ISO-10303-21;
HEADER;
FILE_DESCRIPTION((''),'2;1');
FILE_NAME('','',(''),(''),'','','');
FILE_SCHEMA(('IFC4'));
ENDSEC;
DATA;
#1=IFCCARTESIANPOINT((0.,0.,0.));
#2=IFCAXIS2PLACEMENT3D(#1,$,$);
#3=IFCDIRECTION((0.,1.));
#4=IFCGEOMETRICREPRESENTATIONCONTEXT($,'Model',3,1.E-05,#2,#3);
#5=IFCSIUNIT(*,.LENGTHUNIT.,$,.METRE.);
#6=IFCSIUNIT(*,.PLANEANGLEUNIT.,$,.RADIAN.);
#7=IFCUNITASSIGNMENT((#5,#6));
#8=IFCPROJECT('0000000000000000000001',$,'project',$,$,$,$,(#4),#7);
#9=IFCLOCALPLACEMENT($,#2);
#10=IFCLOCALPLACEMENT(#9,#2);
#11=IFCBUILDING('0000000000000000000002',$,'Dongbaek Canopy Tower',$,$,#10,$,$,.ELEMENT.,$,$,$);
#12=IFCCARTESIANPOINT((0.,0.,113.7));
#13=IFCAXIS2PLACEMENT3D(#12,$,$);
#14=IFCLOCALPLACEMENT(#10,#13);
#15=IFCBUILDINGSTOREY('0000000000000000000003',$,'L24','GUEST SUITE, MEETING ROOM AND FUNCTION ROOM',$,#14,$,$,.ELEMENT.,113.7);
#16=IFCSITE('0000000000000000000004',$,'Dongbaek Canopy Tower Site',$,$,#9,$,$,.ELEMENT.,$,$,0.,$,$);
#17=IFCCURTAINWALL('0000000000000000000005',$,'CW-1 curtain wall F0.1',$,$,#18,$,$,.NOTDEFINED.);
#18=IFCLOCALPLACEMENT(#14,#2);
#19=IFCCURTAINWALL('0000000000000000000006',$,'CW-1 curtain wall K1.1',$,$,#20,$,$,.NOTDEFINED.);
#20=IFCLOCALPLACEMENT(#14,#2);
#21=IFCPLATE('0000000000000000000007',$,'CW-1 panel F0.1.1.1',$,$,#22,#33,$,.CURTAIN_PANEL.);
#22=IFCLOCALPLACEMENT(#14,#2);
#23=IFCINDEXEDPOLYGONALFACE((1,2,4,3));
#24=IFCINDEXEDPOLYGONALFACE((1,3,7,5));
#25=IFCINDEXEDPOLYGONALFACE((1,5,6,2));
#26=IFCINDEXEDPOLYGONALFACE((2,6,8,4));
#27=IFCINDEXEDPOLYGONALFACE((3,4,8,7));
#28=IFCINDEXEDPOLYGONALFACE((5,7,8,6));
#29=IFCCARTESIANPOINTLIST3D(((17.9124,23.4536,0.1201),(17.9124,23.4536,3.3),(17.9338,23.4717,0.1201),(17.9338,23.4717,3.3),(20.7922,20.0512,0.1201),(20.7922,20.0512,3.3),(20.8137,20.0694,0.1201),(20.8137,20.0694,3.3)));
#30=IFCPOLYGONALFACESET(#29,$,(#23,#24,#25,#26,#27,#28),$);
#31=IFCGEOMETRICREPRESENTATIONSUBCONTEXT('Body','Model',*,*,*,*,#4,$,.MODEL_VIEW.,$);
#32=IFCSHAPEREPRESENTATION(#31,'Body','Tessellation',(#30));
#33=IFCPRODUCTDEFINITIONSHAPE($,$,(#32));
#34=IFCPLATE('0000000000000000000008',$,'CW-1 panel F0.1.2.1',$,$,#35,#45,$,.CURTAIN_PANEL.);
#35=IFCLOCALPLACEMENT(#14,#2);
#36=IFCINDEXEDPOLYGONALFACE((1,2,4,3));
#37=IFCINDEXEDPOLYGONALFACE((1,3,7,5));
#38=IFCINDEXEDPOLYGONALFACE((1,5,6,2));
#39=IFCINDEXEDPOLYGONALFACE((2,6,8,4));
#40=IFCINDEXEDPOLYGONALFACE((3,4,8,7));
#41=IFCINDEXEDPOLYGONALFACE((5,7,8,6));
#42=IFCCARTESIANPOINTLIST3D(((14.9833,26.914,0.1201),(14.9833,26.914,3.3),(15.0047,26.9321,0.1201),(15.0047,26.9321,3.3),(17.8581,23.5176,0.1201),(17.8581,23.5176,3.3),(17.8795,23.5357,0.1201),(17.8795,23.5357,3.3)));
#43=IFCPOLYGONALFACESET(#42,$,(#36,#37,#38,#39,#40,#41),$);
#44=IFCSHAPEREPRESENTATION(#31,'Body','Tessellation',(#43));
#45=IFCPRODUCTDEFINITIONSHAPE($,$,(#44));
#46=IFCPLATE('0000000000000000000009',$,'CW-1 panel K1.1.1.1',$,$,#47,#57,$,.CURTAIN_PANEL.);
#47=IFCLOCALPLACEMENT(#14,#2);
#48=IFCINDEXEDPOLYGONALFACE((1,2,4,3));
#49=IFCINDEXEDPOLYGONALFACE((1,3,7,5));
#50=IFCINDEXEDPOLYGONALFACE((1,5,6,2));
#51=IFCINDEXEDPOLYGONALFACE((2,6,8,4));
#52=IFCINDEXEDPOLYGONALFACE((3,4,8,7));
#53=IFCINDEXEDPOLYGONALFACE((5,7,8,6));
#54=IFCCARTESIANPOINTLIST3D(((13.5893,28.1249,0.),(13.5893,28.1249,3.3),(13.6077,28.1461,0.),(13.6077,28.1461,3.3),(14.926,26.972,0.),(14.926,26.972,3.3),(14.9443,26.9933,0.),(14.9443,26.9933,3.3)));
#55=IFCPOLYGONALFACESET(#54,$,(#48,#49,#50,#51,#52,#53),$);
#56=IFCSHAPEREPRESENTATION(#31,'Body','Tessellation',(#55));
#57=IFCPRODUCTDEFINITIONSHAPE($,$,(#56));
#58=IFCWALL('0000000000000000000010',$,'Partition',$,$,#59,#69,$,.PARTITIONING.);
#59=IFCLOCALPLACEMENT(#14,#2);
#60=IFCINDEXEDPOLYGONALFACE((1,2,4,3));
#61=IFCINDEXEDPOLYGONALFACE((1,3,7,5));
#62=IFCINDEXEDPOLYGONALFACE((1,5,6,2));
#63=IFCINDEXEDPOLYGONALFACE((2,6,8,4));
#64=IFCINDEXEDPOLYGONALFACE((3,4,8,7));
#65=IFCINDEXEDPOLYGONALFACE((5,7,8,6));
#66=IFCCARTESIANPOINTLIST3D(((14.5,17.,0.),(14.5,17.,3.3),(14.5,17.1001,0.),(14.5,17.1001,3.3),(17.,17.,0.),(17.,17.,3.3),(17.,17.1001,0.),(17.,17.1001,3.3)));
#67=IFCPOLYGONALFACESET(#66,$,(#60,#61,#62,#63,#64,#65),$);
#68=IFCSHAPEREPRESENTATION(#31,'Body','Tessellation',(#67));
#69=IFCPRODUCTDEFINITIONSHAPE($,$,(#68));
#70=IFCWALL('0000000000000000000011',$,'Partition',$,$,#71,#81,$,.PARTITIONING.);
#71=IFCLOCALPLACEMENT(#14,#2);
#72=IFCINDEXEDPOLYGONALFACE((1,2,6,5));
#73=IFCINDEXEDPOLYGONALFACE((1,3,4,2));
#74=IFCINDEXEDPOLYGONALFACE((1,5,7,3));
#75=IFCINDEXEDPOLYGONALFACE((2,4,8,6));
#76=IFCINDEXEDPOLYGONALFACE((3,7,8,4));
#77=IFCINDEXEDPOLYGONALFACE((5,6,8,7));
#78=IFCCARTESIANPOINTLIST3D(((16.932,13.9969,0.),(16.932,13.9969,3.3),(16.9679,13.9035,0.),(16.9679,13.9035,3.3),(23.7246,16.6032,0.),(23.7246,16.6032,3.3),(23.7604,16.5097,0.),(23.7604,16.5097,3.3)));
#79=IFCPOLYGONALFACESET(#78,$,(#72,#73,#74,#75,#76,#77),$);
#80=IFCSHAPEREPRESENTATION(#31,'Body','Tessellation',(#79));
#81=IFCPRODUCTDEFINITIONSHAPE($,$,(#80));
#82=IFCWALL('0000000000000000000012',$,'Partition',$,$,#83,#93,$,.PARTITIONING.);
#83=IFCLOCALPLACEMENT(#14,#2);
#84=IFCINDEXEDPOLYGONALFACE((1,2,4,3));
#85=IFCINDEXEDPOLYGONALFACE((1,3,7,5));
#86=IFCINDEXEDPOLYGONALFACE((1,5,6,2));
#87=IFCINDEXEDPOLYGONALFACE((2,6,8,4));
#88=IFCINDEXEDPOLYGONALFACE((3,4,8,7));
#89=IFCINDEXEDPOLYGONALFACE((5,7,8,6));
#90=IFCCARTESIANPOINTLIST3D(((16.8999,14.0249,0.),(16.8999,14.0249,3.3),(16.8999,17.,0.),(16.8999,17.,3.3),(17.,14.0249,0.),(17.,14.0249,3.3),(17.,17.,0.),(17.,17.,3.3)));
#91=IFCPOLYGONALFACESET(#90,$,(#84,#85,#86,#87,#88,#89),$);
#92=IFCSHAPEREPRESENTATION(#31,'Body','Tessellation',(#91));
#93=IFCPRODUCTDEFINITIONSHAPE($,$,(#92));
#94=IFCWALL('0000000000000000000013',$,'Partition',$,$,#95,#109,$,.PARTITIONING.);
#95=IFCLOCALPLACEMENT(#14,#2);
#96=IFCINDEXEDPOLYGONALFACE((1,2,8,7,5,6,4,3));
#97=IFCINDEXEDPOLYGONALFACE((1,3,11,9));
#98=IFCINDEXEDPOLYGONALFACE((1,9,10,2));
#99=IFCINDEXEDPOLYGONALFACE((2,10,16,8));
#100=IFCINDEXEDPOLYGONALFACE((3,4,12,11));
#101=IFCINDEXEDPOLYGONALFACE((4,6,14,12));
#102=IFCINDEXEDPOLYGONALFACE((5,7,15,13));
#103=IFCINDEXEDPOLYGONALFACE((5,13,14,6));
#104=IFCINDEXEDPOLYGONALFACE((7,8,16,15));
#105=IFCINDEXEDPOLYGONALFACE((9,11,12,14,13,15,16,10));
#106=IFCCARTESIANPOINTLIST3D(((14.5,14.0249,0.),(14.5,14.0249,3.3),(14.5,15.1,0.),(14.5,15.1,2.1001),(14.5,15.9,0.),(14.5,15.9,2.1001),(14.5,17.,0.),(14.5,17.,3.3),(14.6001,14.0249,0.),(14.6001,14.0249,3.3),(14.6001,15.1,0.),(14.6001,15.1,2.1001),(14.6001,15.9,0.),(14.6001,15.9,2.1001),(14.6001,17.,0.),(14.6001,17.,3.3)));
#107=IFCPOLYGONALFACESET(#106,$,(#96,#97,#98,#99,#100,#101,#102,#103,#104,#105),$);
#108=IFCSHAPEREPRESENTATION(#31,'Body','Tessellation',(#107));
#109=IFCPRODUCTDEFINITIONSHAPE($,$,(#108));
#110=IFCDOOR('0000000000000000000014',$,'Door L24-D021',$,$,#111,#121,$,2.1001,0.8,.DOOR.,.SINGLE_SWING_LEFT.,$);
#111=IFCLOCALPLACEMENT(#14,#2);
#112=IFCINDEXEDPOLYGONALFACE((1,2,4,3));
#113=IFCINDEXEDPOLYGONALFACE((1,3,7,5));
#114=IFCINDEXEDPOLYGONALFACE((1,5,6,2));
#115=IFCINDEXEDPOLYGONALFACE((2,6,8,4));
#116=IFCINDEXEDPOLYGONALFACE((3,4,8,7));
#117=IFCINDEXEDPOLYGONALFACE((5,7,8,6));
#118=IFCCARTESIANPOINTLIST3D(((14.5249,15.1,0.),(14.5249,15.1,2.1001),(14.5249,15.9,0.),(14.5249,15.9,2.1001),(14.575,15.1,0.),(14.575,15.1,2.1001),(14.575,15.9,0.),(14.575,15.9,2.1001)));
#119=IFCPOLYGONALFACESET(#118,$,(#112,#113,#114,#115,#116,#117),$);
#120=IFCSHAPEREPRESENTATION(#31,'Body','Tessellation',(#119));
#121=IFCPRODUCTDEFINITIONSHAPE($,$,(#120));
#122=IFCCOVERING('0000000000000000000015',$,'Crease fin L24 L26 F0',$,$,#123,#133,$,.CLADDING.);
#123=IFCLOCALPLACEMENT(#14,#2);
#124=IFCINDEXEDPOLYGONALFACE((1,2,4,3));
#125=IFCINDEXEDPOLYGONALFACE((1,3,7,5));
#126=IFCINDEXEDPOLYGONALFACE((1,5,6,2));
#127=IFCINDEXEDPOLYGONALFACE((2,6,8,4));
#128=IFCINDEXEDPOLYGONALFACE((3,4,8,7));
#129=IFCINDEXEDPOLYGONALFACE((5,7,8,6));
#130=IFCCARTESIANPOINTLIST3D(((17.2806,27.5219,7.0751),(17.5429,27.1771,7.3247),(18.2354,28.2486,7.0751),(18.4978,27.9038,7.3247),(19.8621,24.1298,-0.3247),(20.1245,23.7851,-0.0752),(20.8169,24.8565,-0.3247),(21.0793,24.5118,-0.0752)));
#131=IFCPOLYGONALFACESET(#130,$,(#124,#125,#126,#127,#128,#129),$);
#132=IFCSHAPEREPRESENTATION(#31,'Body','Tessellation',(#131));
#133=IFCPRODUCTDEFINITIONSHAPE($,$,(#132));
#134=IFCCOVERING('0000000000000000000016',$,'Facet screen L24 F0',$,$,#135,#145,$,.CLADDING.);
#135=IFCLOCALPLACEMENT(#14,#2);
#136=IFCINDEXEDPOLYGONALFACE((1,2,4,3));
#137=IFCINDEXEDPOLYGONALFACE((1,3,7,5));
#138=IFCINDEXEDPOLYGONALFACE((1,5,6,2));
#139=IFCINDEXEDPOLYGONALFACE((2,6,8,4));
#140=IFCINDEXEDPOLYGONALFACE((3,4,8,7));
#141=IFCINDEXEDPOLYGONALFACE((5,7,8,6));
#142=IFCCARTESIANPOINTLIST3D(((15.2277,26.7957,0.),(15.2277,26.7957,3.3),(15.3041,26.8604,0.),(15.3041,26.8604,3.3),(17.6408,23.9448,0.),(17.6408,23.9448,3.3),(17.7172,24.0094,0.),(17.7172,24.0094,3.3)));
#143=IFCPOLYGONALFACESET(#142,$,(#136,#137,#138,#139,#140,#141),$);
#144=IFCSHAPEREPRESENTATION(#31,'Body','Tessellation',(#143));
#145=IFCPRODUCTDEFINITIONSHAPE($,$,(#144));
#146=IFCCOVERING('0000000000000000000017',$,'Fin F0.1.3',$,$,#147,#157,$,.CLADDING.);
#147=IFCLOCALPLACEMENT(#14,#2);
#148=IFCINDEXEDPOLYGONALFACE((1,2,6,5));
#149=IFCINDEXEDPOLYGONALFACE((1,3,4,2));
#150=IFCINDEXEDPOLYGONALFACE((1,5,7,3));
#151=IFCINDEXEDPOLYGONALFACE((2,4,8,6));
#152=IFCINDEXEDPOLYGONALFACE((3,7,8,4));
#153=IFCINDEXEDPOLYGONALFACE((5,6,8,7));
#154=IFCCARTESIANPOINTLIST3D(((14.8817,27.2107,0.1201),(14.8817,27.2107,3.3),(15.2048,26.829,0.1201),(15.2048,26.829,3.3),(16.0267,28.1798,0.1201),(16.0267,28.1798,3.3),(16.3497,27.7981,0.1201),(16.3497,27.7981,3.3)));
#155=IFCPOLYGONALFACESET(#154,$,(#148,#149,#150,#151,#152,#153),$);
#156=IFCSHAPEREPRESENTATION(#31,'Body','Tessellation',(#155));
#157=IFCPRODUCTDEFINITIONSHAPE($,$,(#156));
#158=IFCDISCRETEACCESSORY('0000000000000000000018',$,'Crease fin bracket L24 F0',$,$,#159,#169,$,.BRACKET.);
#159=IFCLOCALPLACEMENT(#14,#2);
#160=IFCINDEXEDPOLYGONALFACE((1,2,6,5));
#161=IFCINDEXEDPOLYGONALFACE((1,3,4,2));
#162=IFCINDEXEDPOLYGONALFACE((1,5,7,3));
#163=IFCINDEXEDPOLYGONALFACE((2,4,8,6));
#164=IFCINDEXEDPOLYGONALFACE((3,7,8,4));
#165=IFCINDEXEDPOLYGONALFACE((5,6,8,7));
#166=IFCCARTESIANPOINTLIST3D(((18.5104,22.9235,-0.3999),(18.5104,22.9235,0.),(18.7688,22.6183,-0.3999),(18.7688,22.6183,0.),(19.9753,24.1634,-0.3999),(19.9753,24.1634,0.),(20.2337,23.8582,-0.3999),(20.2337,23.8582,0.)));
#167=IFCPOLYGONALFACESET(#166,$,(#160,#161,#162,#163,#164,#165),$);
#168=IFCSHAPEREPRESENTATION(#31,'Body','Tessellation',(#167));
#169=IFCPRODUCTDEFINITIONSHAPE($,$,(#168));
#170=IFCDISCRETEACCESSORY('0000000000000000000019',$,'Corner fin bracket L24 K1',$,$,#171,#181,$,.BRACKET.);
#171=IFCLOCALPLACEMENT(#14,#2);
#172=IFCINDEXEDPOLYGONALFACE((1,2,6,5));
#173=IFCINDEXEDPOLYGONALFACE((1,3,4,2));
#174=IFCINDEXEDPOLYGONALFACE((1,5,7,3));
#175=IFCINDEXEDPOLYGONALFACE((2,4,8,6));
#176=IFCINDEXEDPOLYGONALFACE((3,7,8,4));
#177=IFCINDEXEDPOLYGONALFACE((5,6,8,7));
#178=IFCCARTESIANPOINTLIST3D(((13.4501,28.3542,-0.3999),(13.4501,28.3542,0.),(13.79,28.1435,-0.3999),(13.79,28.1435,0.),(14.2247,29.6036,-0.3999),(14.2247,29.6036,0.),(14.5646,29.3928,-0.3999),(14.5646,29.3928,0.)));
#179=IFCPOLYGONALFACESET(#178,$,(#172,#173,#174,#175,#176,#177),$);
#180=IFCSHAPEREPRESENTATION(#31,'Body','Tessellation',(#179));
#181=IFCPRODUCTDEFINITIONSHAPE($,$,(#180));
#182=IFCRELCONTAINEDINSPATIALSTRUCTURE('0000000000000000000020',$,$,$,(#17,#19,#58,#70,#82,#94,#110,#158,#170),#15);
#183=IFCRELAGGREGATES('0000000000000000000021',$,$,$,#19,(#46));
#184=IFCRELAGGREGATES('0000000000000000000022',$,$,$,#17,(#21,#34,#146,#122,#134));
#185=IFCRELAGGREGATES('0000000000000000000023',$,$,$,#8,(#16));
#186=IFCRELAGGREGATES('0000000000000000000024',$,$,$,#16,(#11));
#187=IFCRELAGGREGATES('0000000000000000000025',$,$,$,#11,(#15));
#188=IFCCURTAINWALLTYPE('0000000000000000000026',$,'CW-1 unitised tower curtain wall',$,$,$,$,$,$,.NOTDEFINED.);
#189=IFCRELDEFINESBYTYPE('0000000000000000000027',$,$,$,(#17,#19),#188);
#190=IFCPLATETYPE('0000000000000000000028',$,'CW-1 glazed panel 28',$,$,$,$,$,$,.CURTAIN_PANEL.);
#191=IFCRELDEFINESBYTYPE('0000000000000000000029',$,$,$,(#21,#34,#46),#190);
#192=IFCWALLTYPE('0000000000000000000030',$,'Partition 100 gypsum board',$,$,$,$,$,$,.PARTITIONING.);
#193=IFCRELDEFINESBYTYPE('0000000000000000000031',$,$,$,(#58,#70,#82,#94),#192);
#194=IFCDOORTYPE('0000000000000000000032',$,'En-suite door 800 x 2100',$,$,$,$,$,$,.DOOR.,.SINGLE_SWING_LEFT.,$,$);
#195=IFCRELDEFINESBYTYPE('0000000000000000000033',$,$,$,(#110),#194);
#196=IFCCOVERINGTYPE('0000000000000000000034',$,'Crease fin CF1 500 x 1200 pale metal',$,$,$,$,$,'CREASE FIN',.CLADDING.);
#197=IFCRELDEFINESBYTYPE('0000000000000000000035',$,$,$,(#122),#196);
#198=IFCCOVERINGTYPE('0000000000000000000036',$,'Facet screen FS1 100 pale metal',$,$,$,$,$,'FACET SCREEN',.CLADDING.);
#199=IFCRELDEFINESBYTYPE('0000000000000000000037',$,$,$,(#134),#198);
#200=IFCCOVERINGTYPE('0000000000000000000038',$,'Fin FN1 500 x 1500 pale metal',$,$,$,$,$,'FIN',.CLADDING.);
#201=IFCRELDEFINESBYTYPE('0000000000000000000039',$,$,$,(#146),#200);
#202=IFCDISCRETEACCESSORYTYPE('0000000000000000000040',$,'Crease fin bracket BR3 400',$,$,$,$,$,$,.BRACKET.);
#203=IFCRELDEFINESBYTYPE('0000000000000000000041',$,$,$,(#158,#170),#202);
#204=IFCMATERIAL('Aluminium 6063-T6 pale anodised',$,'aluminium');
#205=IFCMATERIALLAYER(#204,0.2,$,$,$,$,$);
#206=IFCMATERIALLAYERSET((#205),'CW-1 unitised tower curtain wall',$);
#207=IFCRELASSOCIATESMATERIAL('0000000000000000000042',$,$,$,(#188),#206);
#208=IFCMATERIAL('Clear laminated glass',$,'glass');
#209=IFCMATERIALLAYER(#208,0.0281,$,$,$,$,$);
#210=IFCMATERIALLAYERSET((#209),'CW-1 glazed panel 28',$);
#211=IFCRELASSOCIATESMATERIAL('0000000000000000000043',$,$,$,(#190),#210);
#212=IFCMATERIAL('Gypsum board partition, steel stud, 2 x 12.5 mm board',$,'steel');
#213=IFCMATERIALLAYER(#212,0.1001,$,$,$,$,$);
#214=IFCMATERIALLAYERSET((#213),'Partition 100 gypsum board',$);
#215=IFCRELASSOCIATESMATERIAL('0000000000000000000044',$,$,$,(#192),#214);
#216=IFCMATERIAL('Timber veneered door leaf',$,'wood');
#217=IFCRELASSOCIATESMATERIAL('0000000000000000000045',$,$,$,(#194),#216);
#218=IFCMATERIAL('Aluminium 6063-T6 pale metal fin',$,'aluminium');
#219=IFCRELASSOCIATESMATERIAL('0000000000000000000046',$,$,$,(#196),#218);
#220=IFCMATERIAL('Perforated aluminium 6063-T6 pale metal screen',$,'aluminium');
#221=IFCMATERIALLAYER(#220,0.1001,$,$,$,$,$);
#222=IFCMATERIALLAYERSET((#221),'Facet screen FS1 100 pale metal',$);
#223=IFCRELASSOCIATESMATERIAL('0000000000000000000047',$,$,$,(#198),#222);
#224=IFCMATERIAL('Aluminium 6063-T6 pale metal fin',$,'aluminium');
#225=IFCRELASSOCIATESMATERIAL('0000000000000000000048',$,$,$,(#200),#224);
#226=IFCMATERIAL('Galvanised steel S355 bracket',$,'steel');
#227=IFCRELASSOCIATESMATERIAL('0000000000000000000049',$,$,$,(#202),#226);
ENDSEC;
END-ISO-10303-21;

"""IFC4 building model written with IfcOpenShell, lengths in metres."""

from ifc_helpers import new_model, si_unit, direction, frame, frame_2d, origin, origin_2d, place, context, subcontext, project, spatial, rectangle, extrude, material, layer, layer_set, material_profile, profile_set, type_object, element, fill, aggregate, save


model = new_model("IFC4")

# Units and contexts
model_context = context("Model", 3, precision=1e-05, world=origin(), true_north=direction((0.0, 1.0)))
body_context = subcontext(model_context, "Body", "Model", "MODEL_VIEW")
ifc_project = project(units=[si_unit("LENGTHUNIT", "METRE"), si_unit("PLANEANGLEUNIT", "RADIAN")], contexts=[model_context])

# Site, building, storey
site_placement = place(None, origin())
site = spatial("IfcSite", under=ifc_project, at=site_placement, Name="Dongbaek Canopy Tower Site", CompositionType="ELEMENT", RefElevation=0.0)
building_placement = place(site_placement, origin())
building = spatial("IfcBuilding", under=site, at=building_placement, Name="Dongbaek Canopy Tower", CompositionType="ELEMENT")
storey_placement = place(building_placement, frame((0.0, 0.0, 113.7)))
storey = spatial("IfcBuildingStorey", under=building, at=storey_placement, Name="L24", Description="GUEST SUITE, MEETING ROOM AND FUNCTION ROOM", CompositionType="ELEMENT", Elevation=113.7)

# Curtain wall
ifc_material_1 = material(Name="Aluminium 6063-T6 pale anodised", Category="aluminium")
ifc_layer_1 = layer(ifc_material_1, 0.2)
ifc_layer_set_1 = layer_set([ifc_layer_1], Name="CW-1 unitised tower curtain wall")
curtain_wall_type = type_object("IfcCurtainWallType", Name="CW-1 unitised tower curtain wall", PredefinedType="NOTDEFINED", material=ifc_layer_set_1)
curtain_wall_1_placement = place(storey_placement, origin())
curtain_wall_1 = element("IfcCurtainWall", 1, at=curtain_wall_1_placement, inside=storey, type_object=curtain_wall_type, Name="CW-1 curtain wall F0.1", PredefinedType="NOTDEFINED")

# Curtain wall
curtain_wall_2_placement = place(storey_placement, origin())
curtain_wall_2 = element("IfcCurtainWall", 2, at=curtain_wall_2_placement, inside=storey, type_object=curtain_wall_type, Name="CW-1 curtain wall K1.1", PredefinedType="NOTDEFINED")

# Plates
ifc_material_2 = material(Name="Clear laminated glass", Category="glass")
ifc_layer_2 = layer(ifc_material_2, 0.0281)
ifc_layer_set_2 = layer_set([ifc_layer_2], Name="CW-1 glazed panel 28")
plate_type = type_object("IfcPlateType", Name="CW-1 glazed panel 28", PredefinedType="CURTAIN_PANEL", material=ifc_layer_set_2)
plate_1_placement = place(storey_placement, frame((19.363, 21.7615, 0.1201), z_axis=(0.0, 0.0, 1.0), x_axis=(-0.646056, 0.76329, 0.0)))
plate_1 = element("IfcPlate", 3, at=plate_1_placement, type_object=plate_type, Name="CW-1 panel F0.1.1.1", PredefinedType="CURTAIN_PANEL", context=body_context, shape_type="SweptSolid", body=[
    extrude(rectangle(XDim=4.4575, YDim=0.0281, at=origin_2d()), origin(), (0.0, 0.0, 1.0), 3.1799),
])
plate_2_placement = place(storey_placement, frame((16.4314, 25.2249, 0.1201), z_axis=(0.0, 0.0, 1.0), x_axis=(-0.646056, 0.76329, 0.0)))
plate_2 = element("IfcPlate", 4, at=plate_2_placement, type_object=plate_type, Name="CW-1 panel F0.1.2.1", PredefinedType="CURTAIN_PANEL", context=body_context, shape_type="SweptSolid", body=[
    extrude(rectangle(XDim=4.4497, YDim=0.0281, at=origin_2d()), origin(), (0.0, 0.0, 1.0), 3.1799),
])
plate_3_placement = place(storey_placement, frame((14.2668, 27.5591, 0.0), z_axis=(0.0, 0.0, 1.0), x_axis=(-0.757258, 0.653115, 0.0)))
plate_3 = element("IfcPlate", 5, at=plate_3_placement, type_object=plate_type, Name="CW-1 panel K1.1.1.1", PredefinedType="CURTAIN_PANEL", context=body_context, shape_type="SweptSolid", body=[
    extrude(rectangle(XDim=1.7651, YDim=0.0281, at=origin_2d()), origin(), (0.0, 0.0, 1.0), 3.3),
])
aggregate(curtain_wall_2, [plate_3])

# Walls
ifc_material_3 = material(Name="Gypsum board partition, steel stud, 2 x 12.5 mm board", Category="steel")
ifc_layer_3 = layer(ifc_material_3, 0.1001)
ifc_layer_set_3 = layer_set([ifc_layer_3], Name="Partition 100 gypsum board")
wall_type = type_object("IfcWallType", Name="Partition 100 gypsum board", PredefinedType="PARTITIONING", material=ifc_layer_set_3)
wall_1_placement = place(storey_placement, frame((14.5, 17.05, 0.0), z_axis=(0.0, 0.0, 1.0), x_axis=(1.0, 0.0, 0.0)))
element("IfcWall", 6, at=wall_1_placement, inside=storey, type_object=wall_type, Name="Partition", PredefinedType="PARTITIONING", context=body_context, shape_type="SweptSolid", body=[
    extrude(rectangle(XDim=2.5, YDim=0.1001, at=frame_2d((1.25, 0.0))), origin(), (0.0, 0.0, 1.0), 3.3),
])
wall_2_placement = place(storey_placement, frame((16.95, 13.9502, 0.0), z_axis=(0.0, 0.0, 1.0), x_axis=(0.933635, 0.358226, 0.0)))
element("IfcWall", 7, at=wall_2_placement, inside=storey, type_object=wall_type, Name="Partition", PredefinedType="PARTITIONING", context=body_context, shape_type="SweptSolid", body=[
    extrude(rectangle(XDim=7.2754, YDim=0.1001, at=frame_2d((3.6377, 0.0))), origin(), (0.0, 0.0, 1.0), 3.3),
])
wall_3_placement = place(storey_placement, frame((16.95, 14.0249, 0.0), z_axis=(0.0, 0.0, 1.0), x_axis=(0.0, 1.0, 0.0)))
element("IfcWall", 8, at=wall_3_placement, inside=storey, type_object=wall_type, Name="Partition", PredefinedType="PARTITIONING", context=body_context, shape_type="SweptSolid", body=[
    extrude(rectangle(XDim=2.9751, YDim=0.1001, at=frame_2d((1.4875, 0.0))), origin(), (0.0, 0.0, 1.0), 3.3),
])

# Wall, opening, door
wall_4_placement = place(storey_placement, frame((14.55, 17.0, 0.0), z_axis=(0.0, 0.0, 1.0), x_axis=(0.0, -1.0, 0.0)))
wall_4 = element("IfcWall", 9, at=wall_4_placement, inside=storey, type_object=wall_type, Name="Partition", PredefinedType="PARTITIONING", context=body_context, shape_type="SweptSolid", body=[
    extrude(rectangle(XDim=2.9751, YDim=0.1001, at=frame_2d((1.4875, 0.0))), origin(), (0.0, 0.0, 1.0), 3.3),
])
opening_placement = place(wall_4_placement, frame((1.1001, 0.0, 0.0)))
opening = element("IfcOpeningElement", 10, at=opening_placement, cuts=wall_4, PredefinedType="OPENING", context=body_context, shape_type="SweptSolid", body=[
    extrude(rectangle(XDim=0.8, YDim=2.1001, at=frame_2d((0.3999, 1.05))), frame((0.0, 0.0601, 0.0), z_axis=(0.0, -1.0, 0.0), x_axis=(1.0, 0.0, 0.0)), (0.0, 0.0, 1.0), 0.1201),
])
ifc_material_4 = material(Name="Timber veneered door leaf", Category="wood")
door_type = type_object("IfcDoorType", Name="En-suite door 800 x 2100", OperationType="SINGLE_SWING_LEFT", PredefinedType="DOOR", material=ifc_material_4)
door_placement = place(opening_placement, origin())
door = element("IfcDoor", 11, at=door_placement, inside=storey, type_object=door_type, Name="Door L24-D021", OperationType="SINGLE_SWING_LEFT", OverallHeight=2.1001, OverallWidth=0.8, PredefinedType="DOOR", context=body_context, shape_type="SweptSolid", body=[
    extrude(rectangle(XDim=0.8, YDim=2.1001, at=frame_2d((0.3999, 1.05))), frame((0.0, 0.0249, 0.0), z_axis=(0.0, -1.0, 0.0), x_axis=(1.0, 0.0, 0.0)), (0.0, 0.0, 1.0), 0.05),
])
fill(opening, door)

# Coverings
ifc_material_5 = material(Name="Aluminium 6063-T6 pale metal fin", Category="aluminium")
ifc_material_profile_1 = material_profile(ifc_material_5, rectangle(XDim=1.2, YDim=0.5, at=origin_2d()), Name="Crease fin CF1 500 x 1200 pale metal")
ifc_profile_set_1 = profile_set([ifc_material_profile_1], Name="Aluminium 6063-T6 pale metal fin")
covering_type_1 = type_object("IfcCoveringType", Name="Crease fin CF1 500 x 1200 pale metal", ElementType="CREASE FIN", PredefinedType="CLADDING", material=ifc_profile_set_1)
covering_1_placement = place(storey_placement, frame((20.4707, 24.3208, -0.2), z_axis=(-0.302293, 0.397207, 0.866513), x_axis=(-0.79576, -0.605612, 0.0)))
covering_1 = element("IfcCovering", 12, at=covering_1_placement, type_object=covering_type_1, Name="Crease fin L24 L26 F0", PredefinedType="CLADDING", context=body_context, shape_type="SweptSolid", body=[
    extrude(rectangle(XDim=1.2, YDim=0.5, at=origin_2d()), origin(), (0.0, 0.0, 1.0), 8.5398),
])
ifc_material_6 = material(Name="Perforated aluminium 6063-T6 pale metal screen", Category="aluminium")
ifc_layer_4 = layer(ifc_material_6, 0.1001)
ifc_layer_set_4 = layer_set([ifc_layer_4], Name="Facet screen FS1 100 pale metal")
covering_type_2 = type_object("IfcCoveringType", Name="Facet screen FS1 100 pale metal", ElementType="FACET SCREEN", PredefinedType="CLADDING", material=ifc_layer_set_4)
covering_2_placement = place(storey_placement, frame((16.4724, 25.4026, 0.0), z_axis=(0.0, 0.0, 1.0), x_axis=(-0.646056, 0.76329, 0.0)))
covering_2 = element("IfcCovering", 13, at=covering_2_placement, type_object=covering_type_2, Name="Facet screen L24 F0", PredefinedType="CLADDING", context=body_context, shape_type="SweptSolid", body=[
    extrude(rectangle(XDim=3.7351, YDim=0.1001, at=origin_2d()), origin(), (0.0, 0.0, 1.0), 3.3),
])
ifc_material_7 = material(Name="Aluminium 6063-T6 pale metal fin", Category="aluminium")
ifc_material_profile_2 = material_profile(ifc_material_7, rectangle(XDim=1.5, YDim=0.5, at=origin_2d()), Name="Fin FN1 500 x 1500 pale metal")
ifc_profile_set_2 = profile_set([ifc_material_profile_2], Name="Aluminium 6063-T6 pale metal fin")
covering_type_3 = type_object("IfcCoveringType", Name="Fin FN1 500 x 1500 pale metal", ElementType="FIN", PredefinedType="CLADDING", material=ifc_profile_set_2)
covering_3_placement = place(storey_placement, frame((15.6157, 27.5044, 0.1201), z_axis=(0.0, 0.0, 1.0), x_axis=(0.76329, 0.646056, 0.0)))
covering_3 = element("IfcCovering", 14, at=covering_3_placement, type_object=covering_type_3, Name="Fin F0.1.3", PredefinedType="CLADDING", context=body_context, shape_type="SweptSolid", body=[
    extrude(rectangle(XDim=1.5, YDim=0.5, at=origin_2d()), origin(), (0.0, 0.0, 1.0), 3.1799),
])
aggregate(curtain_wall_1, [plate_1, plate_2, covering_3, covering_1, covering_2])

# Discrete accessories
ifc_material_8 = material(Name="Galvanised steel S355 bracket", Category="steel")
discrete_accessory_type = type_object("IfcDiscreteAccessoryType", Name="Crease fin bracket BR3 400", PredefinedType="BRACKET", material=ifc_material_8)
discrete_accessory_1_placement = place(storey_placement, frame((19.3721, 23.3909, -0.3999), z_axis=(0.0, 0.0, 1.0), x_axis=(0.76329, 0.646056, 0.0)))
element("IfcDiscreteAccessory", 15, at=discrete_accessory_1_placement, inside=storey, type_object=discrete_accessory_type, Name="Crease fin bracket L24 F0", PredefinedType="BRACKET", context=body_context, shape_type="SweptSolid", body=[
    extrude(rectangle(XDim=1.9192, YDim=0.3999, at=origin_2d()), origin(), (0.0, 0.0, 1.0), 0.3999),
])
discrete_accessory_2_placement = place(storey_placement, frame((14.0073, 28.8735, -0.3999), z_axis=(0.0, 0.0, 1.0), x_axis=(0.526937, 0.849905, 0.0)))
element("IfcDiscreteAccessory", 16, at=discrete_accessory_2_placement, inside=storey, type_object=discrete_accessory_type, Name="Corner fin bracket L24 K1", PredefinedType="BRACKET", context=body_context, shape_type="SweptSolid", body=[
    extrude(rectangle(XDim=1.47, YDim=0.3999, at=origin_2d()), origin(), (0.0, 0.0, 1.0), 0.3999),
])

save(model, "model.ifc")
